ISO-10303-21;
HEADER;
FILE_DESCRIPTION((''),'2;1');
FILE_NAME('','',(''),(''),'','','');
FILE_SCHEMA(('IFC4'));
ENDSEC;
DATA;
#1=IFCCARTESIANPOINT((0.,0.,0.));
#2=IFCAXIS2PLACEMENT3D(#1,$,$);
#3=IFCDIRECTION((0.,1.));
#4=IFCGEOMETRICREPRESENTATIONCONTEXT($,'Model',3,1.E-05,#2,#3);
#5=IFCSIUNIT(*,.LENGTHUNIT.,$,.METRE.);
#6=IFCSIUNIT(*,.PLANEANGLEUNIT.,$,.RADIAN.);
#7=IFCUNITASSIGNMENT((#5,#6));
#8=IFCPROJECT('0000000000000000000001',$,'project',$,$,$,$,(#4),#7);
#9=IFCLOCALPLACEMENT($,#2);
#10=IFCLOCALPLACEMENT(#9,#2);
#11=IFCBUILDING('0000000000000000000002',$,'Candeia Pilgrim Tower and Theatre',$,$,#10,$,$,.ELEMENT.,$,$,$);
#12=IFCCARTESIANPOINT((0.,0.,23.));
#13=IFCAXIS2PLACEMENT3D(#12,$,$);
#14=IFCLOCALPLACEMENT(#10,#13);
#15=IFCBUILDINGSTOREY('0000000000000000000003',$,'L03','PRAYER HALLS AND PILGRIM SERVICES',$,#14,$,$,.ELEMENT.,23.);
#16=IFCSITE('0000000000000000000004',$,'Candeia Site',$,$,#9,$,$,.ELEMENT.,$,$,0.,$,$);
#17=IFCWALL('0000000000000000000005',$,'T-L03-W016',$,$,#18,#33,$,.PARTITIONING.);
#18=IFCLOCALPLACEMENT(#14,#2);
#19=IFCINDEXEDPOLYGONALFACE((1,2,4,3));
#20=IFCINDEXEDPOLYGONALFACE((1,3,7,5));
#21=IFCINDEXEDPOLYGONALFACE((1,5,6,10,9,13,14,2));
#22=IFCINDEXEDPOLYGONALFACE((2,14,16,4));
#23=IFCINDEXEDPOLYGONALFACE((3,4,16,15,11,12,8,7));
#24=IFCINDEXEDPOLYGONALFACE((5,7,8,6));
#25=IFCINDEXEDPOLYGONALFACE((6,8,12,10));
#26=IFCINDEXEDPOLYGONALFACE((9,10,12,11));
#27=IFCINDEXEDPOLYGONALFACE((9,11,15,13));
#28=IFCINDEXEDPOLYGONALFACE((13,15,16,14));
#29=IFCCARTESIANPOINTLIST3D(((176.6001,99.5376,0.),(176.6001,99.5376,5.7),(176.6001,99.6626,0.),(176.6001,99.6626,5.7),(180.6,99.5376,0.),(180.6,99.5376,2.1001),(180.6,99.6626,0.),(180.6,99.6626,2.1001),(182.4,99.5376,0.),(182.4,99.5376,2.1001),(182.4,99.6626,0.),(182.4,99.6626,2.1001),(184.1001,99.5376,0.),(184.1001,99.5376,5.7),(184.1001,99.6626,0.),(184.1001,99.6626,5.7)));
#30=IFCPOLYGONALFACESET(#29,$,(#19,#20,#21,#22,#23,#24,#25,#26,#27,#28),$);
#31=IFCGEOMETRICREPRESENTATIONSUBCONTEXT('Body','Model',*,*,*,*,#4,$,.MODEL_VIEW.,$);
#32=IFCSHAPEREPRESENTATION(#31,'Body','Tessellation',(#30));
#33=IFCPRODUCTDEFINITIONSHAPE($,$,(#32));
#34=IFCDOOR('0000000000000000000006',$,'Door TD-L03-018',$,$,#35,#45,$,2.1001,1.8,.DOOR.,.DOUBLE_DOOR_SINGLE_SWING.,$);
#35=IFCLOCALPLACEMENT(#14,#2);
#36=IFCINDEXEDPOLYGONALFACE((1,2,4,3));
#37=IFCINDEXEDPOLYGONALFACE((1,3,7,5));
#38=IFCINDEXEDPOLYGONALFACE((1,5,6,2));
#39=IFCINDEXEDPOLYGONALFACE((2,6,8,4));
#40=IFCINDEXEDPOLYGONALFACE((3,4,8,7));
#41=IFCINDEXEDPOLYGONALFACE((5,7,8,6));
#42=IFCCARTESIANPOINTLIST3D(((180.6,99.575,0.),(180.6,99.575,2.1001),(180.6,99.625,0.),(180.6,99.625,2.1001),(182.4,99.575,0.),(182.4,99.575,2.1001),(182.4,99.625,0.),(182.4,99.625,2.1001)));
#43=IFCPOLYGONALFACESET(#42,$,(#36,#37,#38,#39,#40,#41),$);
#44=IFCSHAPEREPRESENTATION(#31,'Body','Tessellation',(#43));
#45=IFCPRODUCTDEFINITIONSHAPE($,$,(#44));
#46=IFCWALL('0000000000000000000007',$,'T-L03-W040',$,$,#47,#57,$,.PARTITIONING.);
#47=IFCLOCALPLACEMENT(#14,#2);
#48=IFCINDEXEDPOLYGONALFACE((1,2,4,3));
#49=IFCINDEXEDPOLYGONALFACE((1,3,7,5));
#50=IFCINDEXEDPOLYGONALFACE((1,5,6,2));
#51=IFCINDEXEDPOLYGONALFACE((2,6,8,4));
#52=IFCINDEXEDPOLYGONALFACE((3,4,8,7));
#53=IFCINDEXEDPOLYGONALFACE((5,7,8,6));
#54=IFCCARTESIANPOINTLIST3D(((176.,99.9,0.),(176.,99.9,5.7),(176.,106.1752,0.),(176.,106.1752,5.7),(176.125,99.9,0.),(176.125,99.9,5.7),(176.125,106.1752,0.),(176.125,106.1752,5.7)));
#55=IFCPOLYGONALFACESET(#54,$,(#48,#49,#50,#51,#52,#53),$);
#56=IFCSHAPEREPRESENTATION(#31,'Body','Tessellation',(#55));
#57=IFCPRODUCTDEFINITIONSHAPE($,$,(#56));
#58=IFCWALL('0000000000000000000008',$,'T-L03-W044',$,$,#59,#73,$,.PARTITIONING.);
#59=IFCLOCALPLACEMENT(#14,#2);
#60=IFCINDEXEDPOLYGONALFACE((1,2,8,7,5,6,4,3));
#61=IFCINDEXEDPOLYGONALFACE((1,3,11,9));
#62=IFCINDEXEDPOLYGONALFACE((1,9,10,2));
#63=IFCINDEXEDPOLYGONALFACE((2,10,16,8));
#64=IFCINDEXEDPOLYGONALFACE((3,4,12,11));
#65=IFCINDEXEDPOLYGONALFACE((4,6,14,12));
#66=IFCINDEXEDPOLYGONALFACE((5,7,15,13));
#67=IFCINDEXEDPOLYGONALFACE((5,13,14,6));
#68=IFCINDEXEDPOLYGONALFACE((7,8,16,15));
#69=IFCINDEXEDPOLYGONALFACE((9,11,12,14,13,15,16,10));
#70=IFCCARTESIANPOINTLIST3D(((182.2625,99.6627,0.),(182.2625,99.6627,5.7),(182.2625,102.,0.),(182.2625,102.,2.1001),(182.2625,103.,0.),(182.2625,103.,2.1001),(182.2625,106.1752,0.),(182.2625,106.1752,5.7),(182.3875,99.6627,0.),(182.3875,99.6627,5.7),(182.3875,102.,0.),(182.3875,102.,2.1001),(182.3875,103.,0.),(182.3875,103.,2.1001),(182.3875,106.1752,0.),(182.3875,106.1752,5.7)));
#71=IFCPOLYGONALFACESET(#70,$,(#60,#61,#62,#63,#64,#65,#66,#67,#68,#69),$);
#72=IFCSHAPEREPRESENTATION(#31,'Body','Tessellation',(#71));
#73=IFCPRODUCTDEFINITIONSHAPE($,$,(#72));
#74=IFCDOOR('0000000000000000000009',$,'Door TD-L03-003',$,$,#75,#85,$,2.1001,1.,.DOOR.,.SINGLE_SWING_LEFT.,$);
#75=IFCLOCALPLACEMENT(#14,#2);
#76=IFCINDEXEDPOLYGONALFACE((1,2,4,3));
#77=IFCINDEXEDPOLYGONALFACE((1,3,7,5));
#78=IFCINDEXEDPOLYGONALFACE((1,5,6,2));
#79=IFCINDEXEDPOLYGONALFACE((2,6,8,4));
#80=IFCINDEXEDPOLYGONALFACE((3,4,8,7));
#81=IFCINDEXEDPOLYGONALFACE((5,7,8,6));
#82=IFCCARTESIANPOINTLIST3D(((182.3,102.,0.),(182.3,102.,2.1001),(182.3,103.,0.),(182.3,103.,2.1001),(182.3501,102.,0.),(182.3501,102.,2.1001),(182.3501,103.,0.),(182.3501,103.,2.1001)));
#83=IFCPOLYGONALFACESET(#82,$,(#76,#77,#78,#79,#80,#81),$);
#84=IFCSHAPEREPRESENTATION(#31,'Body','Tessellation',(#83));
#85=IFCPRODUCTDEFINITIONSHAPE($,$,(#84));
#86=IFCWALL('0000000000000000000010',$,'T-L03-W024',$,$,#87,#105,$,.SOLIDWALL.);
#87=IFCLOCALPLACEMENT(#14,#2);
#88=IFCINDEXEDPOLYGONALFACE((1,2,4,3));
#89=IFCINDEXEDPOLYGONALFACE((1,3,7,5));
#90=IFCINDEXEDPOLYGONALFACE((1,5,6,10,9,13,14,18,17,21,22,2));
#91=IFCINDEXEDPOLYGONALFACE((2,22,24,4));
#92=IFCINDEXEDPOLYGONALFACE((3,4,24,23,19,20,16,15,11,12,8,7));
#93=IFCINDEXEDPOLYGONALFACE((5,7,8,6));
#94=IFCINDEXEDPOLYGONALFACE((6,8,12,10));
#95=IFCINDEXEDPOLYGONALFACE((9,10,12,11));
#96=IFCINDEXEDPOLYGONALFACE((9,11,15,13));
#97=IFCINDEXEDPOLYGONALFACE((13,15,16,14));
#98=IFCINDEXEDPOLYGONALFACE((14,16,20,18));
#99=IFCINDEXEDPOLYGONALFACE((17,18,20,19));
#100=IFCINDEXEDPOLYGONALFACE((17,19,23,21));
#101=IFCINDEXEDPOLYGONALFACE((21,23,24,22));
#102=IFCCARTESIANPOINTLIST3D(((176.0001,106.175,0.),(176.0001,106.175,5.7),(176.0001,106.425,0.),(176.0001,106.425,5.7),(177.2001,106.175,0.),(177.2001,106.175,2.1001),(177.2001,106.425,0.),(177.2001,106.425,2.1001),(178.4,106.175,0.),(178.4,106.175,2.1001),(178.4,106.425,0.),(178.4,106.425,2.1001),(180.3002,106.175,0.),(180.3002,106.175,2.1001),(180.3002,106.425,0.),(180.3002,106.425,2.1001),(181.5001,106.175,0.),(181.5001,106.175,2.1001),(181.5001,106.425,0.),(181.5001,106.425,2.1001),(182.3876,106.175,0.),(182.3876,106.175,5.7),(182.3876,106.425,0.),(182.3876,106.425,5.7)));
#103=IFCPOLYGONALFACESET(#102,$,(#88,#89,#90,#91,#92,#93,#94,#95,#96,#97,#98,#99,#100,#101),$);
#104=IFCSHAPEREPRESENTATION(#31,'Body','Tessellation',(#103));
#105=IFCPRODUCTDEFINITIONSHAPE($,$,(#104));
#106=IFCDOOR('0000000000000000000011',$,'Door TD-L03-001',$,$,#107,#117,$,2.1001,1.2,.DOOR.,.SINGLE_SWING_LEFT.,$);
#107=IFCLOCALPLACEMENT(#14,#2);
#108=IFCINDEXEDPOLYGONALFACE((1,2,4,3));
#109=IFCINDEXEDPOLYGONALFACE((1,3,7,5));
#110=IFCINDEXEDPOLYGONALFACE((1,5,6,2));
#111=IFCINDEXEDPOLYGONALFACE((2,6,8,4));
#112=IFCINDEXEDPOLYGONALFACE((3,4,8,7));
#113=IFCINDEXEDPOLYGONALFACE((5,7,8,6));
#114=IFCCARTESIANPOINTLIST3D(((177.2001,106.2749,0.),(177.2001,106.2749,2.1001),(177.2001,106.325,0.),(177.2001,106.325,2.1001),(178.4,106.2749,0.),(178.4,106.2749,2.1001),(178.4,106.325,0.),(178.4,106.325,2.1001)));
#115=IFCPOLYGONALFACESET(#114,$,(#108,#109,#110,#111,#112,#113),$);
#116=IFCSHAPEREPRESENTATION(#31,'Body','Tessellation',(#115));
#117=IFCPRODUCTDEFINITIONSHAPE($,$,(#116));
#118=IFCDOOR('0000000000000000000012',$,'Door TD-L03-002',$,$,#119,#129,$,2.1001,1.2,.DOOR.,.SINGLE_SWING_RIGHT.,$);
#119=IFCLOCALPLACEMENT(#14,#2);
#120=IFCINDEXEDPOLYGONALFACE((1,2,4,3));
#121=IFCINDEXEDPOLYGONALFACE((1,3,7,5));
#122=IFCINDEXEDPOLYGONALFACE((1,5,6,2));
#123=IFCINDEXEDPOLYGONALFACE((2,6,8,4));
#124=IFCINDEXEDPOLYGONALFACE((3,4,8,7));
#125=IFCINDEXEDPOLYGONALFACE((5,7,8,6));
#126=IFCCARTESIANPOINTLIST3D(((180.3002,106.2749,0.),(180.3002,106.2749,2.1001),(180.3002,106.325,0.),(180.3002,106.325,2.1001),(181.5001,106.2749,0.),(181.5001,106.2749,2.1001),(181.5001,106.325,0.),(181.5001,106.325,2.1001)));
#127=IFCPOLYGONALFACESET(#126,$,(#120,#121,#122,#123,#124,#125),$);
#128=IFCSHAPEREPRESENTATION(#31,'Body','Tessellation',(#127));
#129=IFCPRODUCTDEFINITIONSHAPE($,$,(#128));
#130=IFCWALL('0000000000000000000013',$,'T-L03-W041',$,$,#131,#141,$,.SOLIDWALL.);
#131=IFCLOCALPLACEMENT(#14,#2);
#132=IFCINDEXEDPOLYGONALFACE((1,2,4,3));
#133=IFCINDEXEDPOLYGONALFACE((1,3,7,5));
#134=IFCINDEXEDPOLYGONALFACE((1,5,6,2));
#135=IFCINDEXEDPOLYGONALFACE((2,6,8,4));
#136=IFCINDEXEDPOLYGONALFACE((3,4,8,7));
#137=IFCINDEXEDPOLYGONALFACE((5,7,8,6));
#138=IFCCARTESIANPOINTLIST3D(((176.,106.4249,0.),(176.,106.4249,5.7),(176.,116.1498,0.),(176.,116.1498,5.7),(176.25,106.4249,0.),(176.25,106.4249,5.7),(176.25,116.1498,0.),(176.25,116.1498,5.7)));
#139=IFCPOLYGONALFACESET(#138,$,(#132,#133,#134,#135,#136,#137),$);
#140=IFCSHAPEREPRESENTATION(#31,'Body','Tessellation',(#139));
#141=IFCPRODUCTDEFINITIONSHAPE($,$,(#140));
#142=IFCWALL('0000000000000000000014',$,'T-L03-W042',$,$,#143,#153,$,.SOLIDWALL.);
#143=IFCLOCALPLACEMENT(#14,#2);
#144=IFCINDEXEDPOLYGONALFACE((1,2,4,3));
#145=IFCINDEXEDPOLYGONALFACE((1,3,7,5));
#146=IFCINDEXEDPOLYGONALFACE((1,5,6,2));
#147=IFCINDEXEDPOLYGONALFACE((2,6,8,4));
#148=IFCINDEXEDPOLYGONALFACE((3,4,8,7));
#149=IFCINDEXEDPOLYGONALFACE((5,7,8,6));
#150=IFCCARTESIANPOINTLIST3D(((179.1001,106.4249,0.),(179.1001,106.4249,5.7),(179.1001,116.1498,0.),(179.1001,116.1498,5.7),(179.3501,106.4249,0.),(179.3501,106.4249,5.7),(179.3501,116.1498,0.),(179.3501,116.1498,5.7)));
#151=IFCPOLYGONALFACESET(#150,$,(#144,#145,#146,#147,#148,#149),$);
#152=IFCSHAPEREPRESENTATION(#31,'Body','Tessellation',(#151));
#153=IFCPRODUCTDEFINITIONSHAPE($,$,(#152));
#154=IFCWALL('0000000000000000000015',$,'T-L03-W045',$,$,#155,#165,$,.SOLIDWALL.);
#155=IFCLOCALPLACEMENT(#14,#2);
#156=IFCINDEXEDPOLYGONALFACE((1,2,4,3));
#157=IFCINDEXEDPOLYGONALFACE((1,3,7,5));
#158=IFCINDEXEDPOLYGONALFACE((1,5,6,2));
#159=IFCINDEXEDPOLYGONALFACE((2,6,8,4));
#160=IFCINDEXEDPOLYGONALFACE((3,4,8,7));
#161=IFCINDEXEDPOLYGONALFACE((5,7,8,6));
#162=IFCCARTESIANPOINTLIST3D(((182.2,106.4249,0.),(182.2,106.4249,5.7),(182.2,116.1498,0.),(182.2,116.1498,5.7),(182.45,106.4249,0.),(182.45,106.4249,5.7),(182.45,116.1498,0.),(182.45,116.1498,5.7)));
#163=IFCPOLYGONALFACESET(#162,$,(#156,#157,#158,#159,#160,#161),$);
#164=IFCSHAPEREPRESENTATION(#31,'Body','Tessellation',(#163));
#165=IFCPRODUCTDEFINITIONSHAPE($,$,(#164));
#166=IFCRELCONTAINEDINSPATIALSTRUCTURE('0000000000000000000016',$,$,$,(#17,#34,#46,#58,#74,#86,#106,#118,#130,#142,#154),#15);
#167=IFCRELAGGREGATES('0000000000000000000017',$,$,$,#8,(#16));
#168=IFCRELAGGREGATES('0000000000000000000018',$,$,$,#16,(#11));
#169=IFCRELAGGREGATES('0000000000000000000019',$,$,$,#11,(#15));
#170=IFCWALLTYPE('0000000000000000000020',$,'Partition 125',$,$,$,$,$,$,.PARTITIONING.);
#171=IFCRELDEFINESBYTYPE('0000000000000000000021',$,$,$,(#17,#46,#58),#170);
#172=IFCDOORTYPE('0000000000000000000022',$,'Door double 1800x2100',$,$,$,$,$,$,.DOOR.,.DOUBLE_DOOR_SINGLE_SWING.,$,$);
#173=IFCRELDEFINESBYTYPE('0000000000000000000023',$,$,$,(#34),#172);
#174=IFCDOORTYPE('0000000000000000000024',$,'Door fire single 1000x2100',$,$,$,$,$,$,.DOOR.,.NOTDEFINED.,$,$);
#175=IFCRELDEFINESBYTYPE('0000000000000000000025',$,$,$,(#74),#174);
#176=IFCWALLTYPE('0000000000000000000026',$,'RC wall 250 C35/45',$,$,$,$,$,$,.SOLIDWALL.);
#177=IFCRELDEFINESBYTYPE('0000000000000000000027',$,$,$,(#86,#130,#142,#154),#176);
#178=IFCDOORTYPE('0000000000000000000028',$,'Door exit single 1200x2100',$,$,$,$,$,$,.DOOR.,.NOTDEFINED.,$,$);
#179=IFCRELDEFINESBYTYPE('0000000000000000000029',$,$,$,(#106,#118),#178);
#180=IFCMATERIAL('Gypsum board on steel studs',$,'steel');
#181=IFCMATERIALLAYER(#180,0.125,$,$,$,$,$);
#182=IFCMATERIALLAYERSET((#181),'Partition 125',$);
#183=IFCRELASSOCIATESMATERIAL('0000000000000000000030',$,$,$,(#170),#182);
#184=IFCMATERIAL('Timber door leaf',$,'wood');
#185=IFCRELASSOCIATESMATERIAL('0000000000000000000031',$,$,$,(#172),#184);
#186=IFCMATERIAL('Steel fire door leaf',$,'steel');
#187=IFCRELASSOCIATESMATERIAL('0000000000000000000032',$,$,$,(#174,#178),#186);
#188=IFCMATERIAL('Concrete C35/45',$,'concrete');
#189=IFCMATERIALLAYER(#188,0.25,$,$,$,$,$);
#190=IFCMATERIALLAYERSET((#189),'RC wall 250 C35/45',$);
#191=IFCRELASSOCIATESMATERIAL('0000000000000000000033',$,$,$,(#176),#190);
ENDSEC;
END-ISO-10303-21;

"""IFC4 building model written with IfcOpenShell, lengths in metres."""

from ifc_helpers import new_model, si_unit, direction, frame, frame_2d, origin, place, context, subcontext, project, spatial, rectangle, extrude, material, layer, layer_set, type_object, element, fill, save


model = new_model("IFC4")

# Units and contexts
model_context = context("Model", 3, precision=1e-05, world=origin(), true_north=direction((0.0, 1.0)))
body_context = subcontext(model_context, "Body", "Model", "MODEL_VIEW")
ifc_project = project(units=[si_unit("LENGTHUNIT", "METRE"), si_unit("PLANEANGLEUNIT", "RADIAN")], contexts=[model_context])

# Site, building, storey
site_placement = place(None, origin())
site = spatial("IfcSite", under=ifc_project, at=site_placement, Name="Candeia Site", CompositionType="ELEMENT", RefElevation=0.0)
building_placement = place(site_placement, origin())
building = spatial("IfcBuilding", under=site, at=building_placement, Name="Candeia Pilgrim Tower and Theatre", CompositionType="ELEMENT")
storey_placement = place(building_placement, frame((0.0, 0.0, 23.0)))
storey = spatial("IfcBuildingStorey", under=building, at=storey_placement, Name="L03", Description="PRAYER HALLS AND PILGRIM SERVICES", CompositionType="ELEMENT", Elevation=23.0)

# Wall, opening, door
ifc_material_1 = material(Name="Gypsum board on steel studs", Category="steel")
ifc_layer_1 = layer(ifc_material_1, 0.125)
ifc_layer_set_1 = layer_set([ifc_layer_1], Name="Partition 125")
wall_type_1 = type_object("IfcWallType", Name="Partition 125", PredefinedType="PARTITIONING", material=ifc_layer_set_1)
wall_1_placement = place(storey_placement, frame((176.6001, 99.6001, 0.0), z_axis=(0.0, 0.0, 1.0), x_axis=(1.0, 0.0, 0.0)))
wall_1 = element("IfcWall", 1, at=wall_1_placement, inside=storey, type_object=wall_type_1, Name="T-L03-W016", PredefinedType="PARTITIONING", context=body_context, shape_type="SweptSolid", body=[
    extrude(rectangle(XDim=7.5, YDim=0.125, at=frame_2d((3.75, 0.0))), origin(), (0.0, 0.0, 1.0), 5.7),
])
opening_1_placement = place(wall_1_placement, frame((4.0, 0.0, 0.0)))
opening_1 = element("IfcOpeningElement", 2, at=opening_1_placement, cuts=wall_1, PredefinedType="OPENING", context=body_context, shape_type="SweptSolid", body=[
    extrude(rectangle(XDim=1.8, YDim=2.1001, at=frame_2d((0.8999, 1.05))), frame((0.0, 0.0725, 0.0), z_axis=(0.0, -1.0, 0.0), x_axis=(1.0, 0.0, 0.0)), (0.0, 0.0, 1.0), 0.145),
])
ifc_material_2 = material(Name="Timber door leaf", Category="wood")
door_type_1 = type_object("IfcDoorType", Name="Door double 1800x2100", OperationType="DOUBLE_DOOR_SINGLE_SWING", PredefinedType="DOOR", material=ifc_material_2)
door_1_placement = place(opening_1_placement, origin())
door_1 = element("IfcDoor", 3, at=door_1_placement, inside=storey, type_object=door_type_1, Name="Door TD-L03-018", OperationType="DOUBLE_DOOR_SINGLE_SWING", OverallHeight=2.1001, OverallWidth=1.8, PredefinedType="DOOR", context=body_context, shape_type="SweptSolid", body=[
    extrude(rectangle(XDim=1.8, YDim=2.1001, at=frame_2d((0.8999, 1.05))), frame((0.0, 0.0249, 0.0), z_axis=(0.0, -1.0, 0.0), x_axis=(1.0, 0.0, 0.0)), (0.0, 0.0, 1.0), 0.05),
])
fill(opening_1, door_1)

# Wall
wall_2_placement = place(storey_placement, frame((176.0625, 99.8999, 0.0), z_axis=(0.0, 0.0, 1.0), x_axis=(0.0, 1.0, 0.0)))
element("IfcWall", 4, at=wall_2_placement, inside=storey, type_object=wall_type_1, Name="T-L03-W040", PredefinedType="PARTITIONING", context=body_context, shape_type="SweptSolid", body=[
    extrude(rectangle(XDim=6.2751, YDim=0.125, at=frame_2d((3.1377, 0.0))), origin(), (0.0, 0.0, 1.0), 5.7),
])

# Wall, opening, door
wall_3_placement = place(storey_placement, frame((182.325, 99.6626, 0.0), z_axis=(0.0, 0.0, 1.0), x_axis=(0.0, 1.0, 0.0)))
wall_3 = element("IfcWall", 5, at=wall_3_placement, inside=storey, type_object=wall_type_1, Name="T-L03-W044", PredefinedType="PARTITIONING", context=body_context, shape_type="SweptSolid", body=[
    extrude(rectangle(XDim=6.5125, YDim=0.125, at=frame_2d((3.2563, 0.0))), origin(), (0.0, 0.0, 1.0), 5.7),
])
opening_2_placement = place(wall_3_placement, frame((2.3374, 0.0, 0.0)))
opening_2 = element("IfcOpeningElement", 6, at=opening_2_placement, cuts=wall_3, PredefinedType="OPENING", context=body_context, shape_type="SweptSolid", body=[
    extrude(rectangle(XDim=1.0, YDim=2.1001, at=frame_2d((0.5, 1.05))), frame((0.0, 0.0725, 0.0), z_axis=(0.0, -1.0, 0.0), x_axis=(1.0, 0.0, 0.0)), (0.0, 0.0, 1.0), 0.145),
])
ifc_material_3 = material(Name="Steel fire door leaf", Category="steel")
door_type_2 = type_object("IfcDoorType", Name="Door fire single 1000x2100", OperationType="NOTDEFINED", PredefinedType="DOOR", material=ifc_material_3)
door_2_placement = place(opening_2_placement, origin())
door_2 = element("IfcDoor", 7, at=door_2_placement, inside=storey, type_object=door_type_2, Name="Door TD-L03-003", OperationType="SINGLE_SWING_LEFT", OverallHeight=2.1001, OverallWidth=1.0, PredefinedType="DOOR", context=body_context, shape_type="SweptSolid", body=[
    extrude(rectangle(XDim=1.0, YDim=2.1001, at=frame_2d((0.5, 1.05))), frame((0.0, 0.0249, 0.0), z_axis=(0.0, -1.0, 0.0), x_axis=(1.0, 0.0, 0.0)), (0.0, 0.0, 1.0), 0.05),
])
fill(opening_2, door_2)

# Wall, openings, doors
ifc_material_4 = material(Name="Concrete C35/45", Category="concrete")
ifc_layer_2 = layer(ifc_material_4, 0.25)
ifc_layer_set_2 = layer_set([ifc_layer_2], Name="RC wall 250 C35/45")
wall_type_2 = type_object("IfcWallType", Name="RC wall 250 C35/45", PredefinedType="SOLIDWALL", material=ifc_layer_set_2)
wall_4_placement = place(storey_placement, frame((176.0, 106.3, 0.0), z_axis=(0.0, 0.0, 1.0), x_axis=(1.0, 0.0, 0.0)))
wall_4 = element("IfcWall", 8, at=wall_4_placement, inside=storey, type_object=wall_type_2, Name="T-L03-W024", PredefinedType="SOLIDWALL", context=body_context, shape_type="SweptSolid", body=[
    extrude(rectangle(XDim=6.3875, YDim=0.25, at=frame_2d((3.1938, 0.0))), origin(), (0.0, 0.0, 1.0), 5.7),
])
opening_3_placement = place(wall_4_placement, frame((1.2, 0.0, 0.0)))
opening_3 = element("IfcOpeningElement", 9, at=opening_3_placement, cuts=wall_4, PredefinedType="OPENING", context=body_context, shape_type="SweptSolid", body=[
    extrude(rectangle(XDim=1.2, YDim=2.1001, at=frame_2d((0.6001, 1.05))), frame((0.0, 0.135, 0.0), z_axis=(0.0, -1.0, 0.0), x_axis=(1.0, 0.0, 0.0)), (0.0, 0.0, 1.0), 0.27),
])
opening_4_placement = place(wall_4_placement, frame((4.3, 0.0, 0.0)))
opening_4 = element("IfcOpeningElement", 10, at=opening_4_placement, cuts=wall_4, PredefinedType="OPENING", context=body_context, shape_type="SweptSolid", body=[
    extrude(rectangle(XDim=1.2, YDim=2.1001, at=frame_2d((0.6001, 1.05))), frame((0.0, 0.135, 0.0), z_axis=(0.0, -1.0, 0.0), x_axis=(1.0, 0.0, 0.0)), (0.0, 0.0, 1.0), 0.27),
])
door_type_3 = type_object("IfcDoorType", Name="Door exit single 1200x2100", OperationType="NOTDEFINED", PredefinedType="DOOR", material=ifc_material_3)
door_3_placement = place(opening_3_placement, origin())
door_3 = element("IfcDoor", 11, at=door_3_placement, inside=storey, type_object=door_type_3, Name="Door TD-L03-001", OperationType="SINGLE_SWING_LEFT", OverallHeight=2.1001, OverallWidth=1.2, PredefinedType="DOOR", context=body_context, shape_type="SweptSolid", body=[
    extrude(rectangle(XDim=1.2, YDim=2.1001, at=frame_2d((0.6001, 1.05))), frame((0.0, 0.0249, 0.0), z_axis=(0.0, -1.0, 0.0), x_axis=(1.0, 0.0, 0.0)), (0.0, 0.0, 1.0), 0.05),
])
fill(opening_3, door_3)
door_4_placement = place(opening_4_placement, origin())
door_4 = element("IfcDoor", 12, at=door_4_placement, inside=storey, type_object=door_type_3, Name="Door TD-L03-002", OperationType="SINGLE_SWING_RIGHT", OverallHeight=2.1001, OverallWidth=1.2, PredefinedType="DOOR", context=body_context, shape_type="SweptSolid", body=[
    extrude(rectangle(XDim=1.2, YDim=2.1001, at=frame_2d((0.6001, 1.05))), frame((0.0, 0.0249, 0.0), z_axis=(0.0, -1.0, 0.0), x_axis=(1.0, 0.0, 0.0)), (0.0, 0.0, 1.0), 0.05),
])
fill(opening_4, door_4)

# Walls
for number, where, z_axis, x_axis, name in (
    (13, (176.125, 106.425, 0.0), (0.0, 0.0, 1.0), (0.0, 1.0, 0.0), "T-L03-W041"),
    (14, (179.2251, 106.425, 0.0), (0.0, 0.0, 1.0), (0.0, 1.0, 0.0), "T-L03-W042"),
    (15, (182.325, 106.425, 0.0), (0.0, 0.0, 1.0), (0.0, 1.0, 0.0), "T-L03-W045"),
):
    element("IfcWall", number, at=place(storey_placement, frame(where, z_axis=z_axis, x_axis=x_axis)), inside=storey, type_object=wall_type_2, Name=name, PredefinedType="SOLIDWALL", context=body_context, shape_type="SweptSolid", body=[
        extrude(rectangle(XDim=9.7249, YDim=0.25, at=frame_2d((4.8623, 0.0))), origin(), (0.0, 0.0, 1.0), 5.7),
    ])

save(model, "model.ifc")
